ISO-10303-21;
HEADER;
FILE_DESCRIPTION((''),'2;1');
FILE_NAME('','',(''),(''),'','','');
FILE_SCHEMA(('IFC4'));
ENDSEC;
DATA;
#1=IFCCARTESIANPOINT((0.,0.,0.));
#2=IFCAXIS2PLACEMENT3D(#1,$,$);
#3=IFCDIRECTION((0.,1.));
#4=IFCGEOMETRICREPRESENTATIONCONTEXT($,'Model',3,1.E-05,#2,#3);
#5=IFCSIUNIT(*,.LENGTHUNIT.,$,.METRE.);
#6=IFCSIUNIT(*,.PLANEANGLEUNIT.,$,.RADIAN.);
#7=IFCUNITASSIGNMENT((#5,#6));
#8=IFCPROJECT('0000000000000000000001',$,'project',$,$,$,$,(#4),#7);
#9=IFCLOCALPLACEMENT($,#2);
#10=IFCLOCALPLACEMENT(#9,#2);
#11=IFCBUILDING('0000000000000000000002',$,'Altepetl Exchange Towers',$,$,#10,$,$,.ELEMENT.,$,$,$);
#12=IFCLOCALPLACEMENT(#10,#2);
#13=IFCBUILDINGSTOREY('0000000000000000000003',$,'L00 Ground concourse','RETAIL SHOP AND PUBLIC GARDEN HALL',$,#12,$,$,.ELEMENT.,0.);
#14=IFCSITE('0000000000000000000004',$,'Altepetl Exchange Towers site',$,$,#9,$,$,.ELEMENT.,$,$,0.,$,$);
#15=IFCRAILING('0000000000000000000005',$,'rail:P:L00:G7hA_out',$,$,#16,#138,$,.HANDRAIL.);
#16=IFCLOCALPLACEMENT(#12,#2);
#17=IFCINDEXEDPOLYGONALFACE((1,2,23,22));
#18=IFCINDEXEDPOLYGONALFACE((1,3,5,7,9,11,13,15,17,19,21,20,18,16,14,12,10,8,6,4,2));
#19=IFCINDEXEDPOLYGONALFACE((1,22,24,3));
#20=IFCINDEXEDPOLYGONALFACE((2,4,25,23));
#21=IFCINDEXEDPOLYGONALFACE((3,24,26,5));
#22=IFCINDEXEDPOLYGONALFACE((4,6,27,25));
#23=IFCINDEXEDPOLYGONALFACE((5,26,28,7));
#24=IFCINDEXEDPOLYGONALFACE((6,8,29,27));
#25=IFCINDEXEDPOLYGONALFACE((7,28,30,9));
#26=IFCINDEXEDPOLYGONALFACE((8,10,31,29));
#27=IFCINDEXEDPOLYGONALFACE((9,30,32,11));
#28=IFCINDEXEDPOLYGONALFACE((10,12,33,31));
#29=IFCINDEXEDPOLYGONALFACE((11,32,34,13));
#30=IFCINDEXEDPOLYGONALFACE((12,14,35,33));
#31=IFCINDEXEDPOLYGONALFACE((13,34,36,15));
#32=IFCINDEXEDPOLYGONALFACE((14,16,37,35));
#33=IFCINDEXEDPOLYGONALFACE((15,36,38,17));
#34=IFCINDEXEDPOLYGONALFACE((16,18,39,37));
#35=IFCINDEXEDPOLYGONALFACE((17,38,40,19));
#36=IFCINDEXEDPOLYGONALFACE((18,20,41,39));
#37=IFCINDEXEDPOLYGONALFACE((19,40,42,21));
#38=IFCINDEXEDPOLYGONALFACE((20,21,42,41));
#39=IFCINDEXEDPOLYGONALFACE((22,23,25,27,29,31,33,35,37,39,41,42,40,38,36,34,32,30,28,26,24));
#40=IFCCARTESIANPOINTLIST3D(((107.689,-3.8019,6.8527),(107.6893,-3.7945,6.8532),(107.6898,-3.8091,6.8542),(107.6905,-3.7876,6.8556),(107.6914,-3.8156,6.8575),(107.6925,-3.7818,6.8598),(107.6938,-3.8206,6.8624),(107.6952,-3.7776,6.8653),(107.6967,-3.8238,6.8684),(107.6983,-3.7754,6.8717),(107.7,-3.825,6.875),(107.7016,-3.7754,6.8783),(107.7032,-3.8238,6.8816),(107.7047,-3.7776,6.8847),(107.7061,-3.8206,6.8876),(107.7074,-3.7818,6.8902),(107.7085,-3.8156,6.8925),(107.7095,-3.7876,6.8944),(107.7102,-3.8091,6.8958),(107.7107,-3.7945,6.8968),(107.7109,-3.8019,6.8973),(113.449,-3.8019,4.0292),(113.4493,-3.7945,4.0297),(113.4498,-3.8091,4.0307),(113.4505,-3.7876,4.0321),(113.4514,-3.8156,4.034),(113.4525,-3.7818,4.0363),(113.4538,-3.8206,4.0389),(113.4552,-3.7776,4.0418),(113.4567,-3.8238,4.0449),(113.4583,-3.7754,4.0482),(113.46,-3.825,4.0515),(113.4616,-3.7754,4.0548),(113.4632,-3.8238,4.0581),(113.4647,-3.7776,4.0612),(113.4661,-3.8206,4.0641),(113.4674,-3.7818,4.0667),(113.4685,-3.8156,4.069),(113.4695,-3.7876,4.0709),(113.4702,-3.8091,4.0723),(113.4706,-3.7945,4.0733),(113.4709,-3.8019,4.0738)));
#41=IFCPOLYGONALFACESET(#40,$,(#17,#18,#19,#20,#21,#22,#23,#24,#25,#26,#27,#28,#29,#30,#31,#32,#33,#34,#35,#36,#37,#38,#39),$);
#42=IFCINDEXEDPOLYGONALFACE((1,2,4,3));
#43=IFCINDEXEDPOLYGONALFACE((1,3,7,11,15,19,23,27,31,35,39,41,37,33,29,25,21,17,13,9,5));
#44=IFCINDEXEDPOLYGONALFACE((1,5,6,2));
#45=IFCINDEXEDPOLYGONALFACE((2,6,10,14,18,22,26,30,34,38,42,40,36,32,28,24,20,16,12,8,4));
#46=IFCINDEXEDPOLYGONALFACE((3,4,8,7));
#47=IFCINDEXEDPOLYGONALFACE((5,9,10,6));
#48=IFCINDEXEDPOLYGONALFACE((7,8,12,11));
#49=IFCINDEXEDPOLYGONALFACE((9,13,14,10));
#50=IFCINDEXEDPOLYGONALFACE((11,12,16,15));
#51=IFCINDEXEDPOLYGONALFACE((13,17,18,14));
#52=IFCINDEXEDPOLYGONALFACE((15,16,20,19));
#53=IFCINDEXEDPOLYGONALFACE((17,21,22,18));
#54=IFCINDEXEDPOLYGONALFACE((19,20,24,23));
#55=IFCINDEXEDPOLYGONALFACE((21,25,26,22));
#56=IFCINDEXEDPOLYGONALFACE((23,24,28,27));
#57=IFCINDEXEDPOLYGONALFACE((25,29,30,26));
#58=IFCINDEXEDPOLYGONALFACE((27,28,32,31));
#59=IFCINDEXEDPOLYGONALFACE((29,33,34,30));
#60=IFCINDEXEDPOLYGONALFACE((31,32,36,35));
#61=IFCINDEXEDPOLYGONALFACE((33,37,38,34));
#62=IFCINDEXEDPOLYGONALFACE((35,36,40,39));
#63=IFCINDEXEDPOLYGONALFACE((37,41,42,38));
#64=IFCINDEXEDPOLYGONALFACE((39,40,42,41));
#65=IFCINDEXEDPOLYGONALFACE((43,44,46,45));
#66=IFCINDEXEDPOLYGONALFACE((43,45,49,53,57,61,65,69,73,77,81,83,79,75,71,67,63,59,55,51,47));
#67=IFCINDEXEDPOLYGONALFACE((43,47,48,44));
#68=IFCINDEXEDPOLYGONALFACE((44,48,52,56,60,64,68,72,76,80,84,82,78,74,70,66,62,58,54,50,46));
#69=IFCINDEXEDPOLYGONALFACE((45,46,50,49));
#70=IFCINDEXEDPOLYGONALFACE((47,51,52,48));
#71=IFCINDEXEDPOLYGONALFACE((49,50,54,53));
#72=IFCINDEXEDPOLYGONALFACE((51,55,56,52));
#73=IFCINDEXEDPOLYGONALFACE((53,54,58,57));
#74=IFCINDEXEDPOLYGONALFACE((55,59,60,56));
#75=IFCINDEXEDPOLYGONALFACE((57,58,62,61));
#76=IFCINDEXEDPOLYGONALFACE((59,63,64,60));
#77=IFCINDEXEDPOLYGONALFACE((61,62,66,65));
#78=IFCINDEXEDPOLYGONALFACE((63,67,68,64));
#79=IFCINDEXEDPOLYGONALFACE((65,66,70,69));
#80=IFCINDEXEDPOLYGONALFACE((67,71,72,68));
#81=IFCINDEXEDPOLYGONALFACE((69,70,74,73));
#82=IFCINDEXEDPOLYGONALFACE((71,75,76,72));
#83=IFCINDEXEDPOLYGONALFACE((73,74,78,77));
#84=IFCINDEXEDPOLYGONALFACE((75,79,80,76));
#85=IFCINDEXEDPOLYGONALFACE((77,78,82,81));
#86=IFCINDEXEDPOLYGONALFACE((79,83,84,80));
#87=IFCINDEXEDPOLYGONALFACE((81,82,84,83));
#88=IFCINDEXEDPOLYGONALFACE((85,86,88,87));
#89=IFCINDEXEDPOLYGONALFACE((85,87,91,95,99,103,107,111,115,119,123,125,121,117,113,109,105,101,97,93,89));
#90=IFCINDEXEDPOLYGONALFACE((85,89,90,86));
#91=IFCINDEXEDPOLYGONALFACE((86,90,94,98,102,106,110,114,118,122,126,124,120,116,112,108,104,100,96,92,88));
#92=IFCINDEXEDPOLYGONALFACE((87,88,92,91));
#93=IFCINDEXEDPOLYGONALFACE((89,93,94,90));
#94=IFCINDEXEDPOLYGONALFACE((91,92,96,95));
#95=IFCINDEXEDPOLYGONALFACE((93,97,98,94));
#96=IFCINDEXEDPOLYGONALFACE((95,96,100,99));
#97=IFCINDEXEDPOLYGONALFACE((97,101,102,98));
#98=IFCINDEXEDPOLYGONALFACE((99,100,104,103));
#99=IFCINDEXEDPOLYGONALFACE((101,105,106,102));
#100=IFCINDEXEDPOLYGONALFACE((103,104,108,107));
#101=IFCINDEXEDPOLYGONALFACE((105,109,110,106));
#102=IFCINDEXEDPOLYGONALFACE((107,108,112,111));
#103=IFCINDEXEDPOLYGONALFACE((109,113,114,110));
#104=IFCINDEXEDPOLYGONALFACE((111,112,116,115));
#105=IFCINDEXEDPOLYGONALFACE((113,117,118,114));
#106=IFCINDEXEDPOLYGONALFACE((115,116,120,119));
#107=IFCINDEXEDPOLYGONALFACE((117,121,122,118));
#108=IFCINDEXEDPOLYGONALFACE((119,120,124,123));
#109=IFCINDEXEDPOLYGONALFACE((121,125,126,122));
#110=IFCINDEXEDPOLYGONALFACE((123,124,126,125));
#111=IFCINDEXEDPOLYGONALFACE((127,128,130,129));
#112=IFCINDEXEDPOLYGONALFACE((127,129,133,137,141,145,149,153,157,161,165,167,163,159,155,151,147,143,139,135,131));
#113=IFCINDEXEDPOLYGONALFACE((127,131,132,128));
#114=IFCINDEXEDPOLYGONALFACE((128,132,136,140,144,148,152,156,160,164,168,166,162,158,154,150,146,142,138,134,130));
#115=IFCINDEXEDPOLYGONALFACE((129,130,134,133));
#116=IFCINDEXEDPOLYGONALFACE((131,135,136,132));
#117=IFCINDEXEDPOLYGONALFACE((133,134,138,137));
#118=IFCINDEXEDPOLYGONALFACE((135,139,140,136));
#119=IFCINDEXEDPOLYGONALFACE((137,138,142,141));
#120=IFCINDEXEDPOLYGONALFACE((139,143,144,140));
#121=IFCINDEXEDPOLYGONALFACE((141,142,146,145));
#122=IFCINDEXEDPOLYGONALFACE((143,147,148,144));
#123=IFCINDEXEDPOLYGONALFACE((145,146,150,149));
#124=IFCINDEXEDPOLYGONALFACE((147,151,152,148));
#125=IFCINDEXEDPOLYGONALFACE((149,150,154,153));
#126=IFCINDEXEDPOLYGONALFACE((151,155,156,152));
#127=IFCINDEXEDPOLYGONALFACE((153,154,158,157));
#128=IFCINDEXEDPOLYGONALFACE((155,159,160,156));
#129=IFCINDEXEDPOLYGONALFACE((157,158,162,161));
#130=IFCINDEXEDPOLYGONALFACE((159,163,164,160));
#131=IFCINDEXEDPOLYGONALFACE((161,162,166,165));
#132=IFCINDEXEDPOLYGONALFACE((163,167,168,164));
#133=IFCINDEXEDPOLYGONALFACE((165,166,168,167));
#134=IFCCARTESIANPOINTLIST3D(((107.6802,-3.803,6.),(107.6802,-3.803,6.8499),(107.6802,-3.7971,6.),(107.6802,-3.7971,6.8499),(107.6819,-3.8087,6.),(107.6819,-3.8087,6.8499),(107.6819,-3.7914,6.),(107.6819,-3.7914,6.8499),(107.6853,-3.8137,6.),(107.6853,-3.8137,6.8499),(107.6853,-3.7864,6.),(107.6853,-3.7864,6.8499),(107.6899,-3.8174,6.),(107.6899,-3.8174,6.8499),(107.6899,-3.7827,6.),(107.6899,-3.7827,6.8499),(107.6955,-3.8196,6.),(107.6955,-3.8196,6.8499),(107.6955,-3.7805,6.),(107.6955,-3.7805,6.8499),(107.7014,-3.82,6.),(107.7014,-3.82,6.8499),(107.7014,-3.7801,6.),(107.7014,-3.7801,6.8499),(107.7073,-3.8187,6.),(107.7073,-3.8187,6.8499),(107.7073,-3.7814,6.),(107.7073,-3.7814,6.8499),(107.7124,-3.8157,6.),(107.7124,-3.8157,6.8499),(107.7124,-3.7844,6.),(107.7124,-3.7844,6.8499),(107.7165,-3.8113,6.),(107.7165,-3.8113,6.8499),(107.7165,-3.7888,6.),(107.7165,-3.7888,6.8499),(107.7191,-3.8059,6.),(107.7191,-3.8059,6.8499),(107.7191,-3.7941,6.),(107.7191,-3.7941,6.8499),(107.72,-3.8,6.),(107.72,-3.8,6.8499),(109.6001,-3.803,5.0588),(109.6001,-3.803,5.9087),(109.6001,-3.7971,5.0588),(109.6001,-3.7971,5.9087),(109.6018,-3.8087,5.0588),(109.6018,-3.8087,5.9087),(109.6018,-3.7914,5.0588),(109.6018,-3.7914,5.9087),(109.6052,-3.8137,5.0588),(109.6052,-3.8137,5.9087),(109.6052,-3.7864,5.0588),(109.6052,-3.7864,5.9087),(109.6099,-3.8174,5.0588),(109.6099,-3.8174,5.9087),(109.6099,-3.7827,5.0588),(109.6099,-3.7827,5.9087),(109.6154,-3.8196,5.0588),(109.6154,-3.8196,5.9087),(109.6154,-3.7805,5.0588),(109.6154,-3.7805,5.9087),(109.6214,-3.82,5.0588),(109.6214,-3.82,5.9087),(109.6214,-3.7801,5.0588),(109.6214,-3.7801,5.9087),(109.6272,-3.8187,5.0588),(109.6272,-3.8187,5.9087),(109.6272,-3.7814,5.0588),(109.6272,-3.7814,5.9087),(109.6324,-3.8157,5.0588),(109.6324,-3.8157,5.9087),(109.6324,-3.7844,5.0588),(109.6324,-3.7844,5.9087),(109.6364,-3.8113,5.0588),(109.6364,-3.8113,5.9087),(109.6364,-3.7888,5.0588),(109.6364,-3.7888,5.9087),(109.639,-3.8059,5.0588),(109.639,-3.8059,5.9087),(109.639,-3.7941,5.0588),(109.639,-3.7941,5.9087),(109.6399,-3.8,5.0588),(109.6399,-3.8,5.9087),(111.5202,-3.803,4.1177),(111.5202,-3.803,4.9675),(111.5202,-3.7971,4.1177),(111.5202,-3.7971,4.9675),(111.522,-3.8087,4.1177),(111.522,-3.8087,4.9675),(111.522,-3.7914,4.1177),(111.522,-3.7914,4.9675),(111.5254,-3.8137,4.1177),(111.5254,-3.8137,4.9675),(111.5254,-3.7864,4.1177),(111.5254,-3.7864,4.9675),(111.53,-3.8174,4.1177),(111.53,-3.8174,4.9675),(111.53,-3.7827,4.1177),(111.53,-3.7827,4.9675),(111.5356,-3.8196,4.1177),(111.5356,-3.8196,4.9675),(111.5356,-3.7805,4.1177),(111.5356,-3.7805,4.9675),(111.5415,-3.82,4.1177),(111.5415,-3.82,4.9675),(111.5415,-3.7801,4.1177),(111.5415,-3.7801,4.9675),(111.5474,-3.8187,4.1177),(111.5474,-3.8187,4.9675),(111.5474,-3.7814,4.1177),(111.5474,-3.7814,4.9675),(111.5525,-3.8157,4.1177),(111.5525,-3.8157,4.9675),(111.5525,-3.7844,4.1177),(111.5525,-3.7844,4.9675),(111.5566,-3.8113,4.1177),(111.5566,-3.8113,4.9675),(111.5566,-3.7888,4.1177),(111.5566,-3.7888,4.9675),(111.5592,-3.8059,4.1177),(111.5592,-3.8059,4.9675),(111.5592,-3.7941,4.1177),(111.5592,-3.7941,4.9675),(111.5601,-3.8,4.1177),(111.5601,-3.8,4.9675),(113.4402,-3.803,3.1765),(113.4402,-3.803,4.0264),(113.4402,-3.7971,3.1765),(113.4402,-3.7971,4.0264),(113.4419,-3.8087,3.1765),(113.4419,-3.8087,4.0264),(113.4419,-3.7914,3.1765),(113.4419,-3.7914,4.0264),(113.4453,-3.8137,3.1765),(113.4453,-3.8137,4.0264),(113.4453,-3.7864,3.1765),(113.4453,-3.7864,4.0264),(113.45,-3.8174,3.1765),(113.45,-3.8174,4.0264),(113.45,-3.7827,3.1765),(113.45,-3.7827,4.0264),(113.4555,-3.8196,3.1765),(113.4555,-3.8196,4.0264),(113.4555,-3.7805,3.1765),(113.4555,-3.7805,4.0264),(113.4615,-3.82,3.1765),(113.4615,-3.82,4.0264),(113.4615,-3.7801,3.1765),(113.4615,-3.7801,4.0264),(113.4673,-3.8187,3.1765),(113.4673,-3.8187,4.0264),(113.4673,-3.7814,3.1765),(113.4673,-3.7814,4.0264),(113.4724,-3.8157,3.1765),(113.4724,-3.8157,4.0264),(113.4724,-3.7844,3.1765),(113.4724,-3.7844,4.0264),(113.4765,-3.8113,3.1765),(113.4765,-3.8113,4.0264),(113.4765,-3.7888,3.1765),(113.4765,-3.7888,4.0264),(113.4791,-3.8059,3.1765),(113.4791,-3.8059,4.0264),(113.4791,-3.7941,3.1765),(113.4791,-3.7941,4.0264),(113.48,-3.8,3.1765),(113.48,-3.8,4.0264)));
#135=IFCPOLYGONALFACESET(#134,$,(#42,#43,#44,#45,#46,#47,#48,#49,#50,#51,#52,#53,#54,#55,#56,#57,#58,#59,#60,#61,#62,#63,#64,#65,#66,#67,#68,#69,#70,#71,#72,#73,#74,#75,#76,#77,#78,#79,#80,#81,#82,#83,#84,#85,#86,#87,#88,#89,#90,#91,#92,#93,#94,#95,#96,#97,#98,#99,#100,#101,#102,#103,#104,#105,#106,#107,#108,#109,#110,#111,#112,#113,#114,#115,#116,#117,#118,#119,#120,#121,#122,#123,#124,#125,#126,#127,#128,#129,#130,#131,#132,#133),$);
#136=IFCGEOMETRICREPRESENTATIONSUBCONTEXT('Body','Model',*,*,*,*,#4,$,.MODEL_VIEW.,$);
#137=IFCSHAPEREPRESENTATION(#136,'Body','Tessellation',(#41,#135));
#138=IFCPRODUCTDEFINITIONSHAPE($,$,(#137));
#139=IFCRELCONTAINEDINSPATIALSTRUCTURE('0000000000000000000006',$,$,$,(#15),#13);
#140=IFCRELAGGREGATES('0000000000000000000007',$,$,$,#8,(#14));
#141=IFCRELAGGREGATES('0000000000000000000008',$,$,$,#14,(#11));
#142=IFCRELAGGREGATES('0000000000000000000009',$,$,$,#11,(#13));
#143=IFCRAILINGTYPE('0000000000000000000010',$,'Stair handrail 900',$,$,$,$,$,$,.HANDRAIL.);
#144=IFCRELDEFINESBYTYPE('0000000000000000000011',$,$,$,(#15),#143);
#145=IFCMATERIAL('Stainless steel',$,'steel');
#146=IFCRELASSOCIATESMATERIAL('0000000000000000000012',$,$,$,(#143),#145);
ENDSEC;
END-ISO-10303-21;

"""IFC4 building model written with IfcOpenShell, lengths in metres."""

from ifc_helpers import new_model, si_unit, direction, frame, origin, origin_2d, place, context, subcontext, project, spatial, circle, extrude, source, transform, mapped, material, type_object, element, save


model = new_model("IFC4")

# Units and contexts
model_context = context("Model", 3, precision=1e-05, world=origin(), true_north=direction((0.0, 1.0)))
body_context = subcontext(model_context, "Body", "Model", "MODEL_VIEW")
ifc_project = project(units=[si_unit("LENGTHUNIT", "METRE"), si_unit("PLANEANGLEUNIT", "RADIAN")], contexts=[model_context])

# Site, building, storey
site_placement = place(None, origin())
site = spatial("IfcSite", under=ifc_project, at=site_placement, Name="Altepetl Exchange Towers site", CompositionType="ELEMENT", RefElevation=0.0)
building_placement = place(site_placement, origin())
building = spatial("IfcBuilding", under=site, at=building_placement, Name="Altepetl Exchange Towers", CompositionType="ELEMENT")
storey_placement = place(building_placement, origin())
storey = spatial("IfcBuildingStorey", under=building, at=storey_placement, Name="L00 Ground concourse", Description="RETAIL SHOP AND PUBLIC GARDEN HALL", CompositionType="ELEMENT", Elevation=0.0)

# Railing
ifc_material_1 = material(Name="Stainless steel", Category="steel")
railing_type_1 = type_object("IfcRailingType", Name="Stair handrail 900", PredefinedType="HANDRAIL", material=ifc_material_1)
shared_shape_1 = source(origin(), body_context, "Body", "SweptSolid", [
    extrude(circle(Radius=0.02, at=origin_2d()), origin(), (0.0, 0.0, 1.0), 0.8499),
])
for number, where, name in (
    (1, (113.46, -3.8, 3.1765), "rail:P:L00:G7hA_out"),
):
    element("IfcRailing", number, at=place(storey_placement, frame(where)), inside=storey, type_object=railing_type_1, Name=name, PredefinedType="HANDRAIL", context=body_context, shape_type="SweptSolid", body=[
        extrude(circle(Radius=0.0249, at=origin_2d()), frame((0.0, 0.0, 0.875), z_axis=(-0.897924, 0.0, 0.440151), x_axis=(0.0, -1.0, 0.0)), (0.0, 0.0, 1.0), 6.4148),
        mapped(shared_shape_1, transform((0.0, 0.0, 0.0))),
        mapped(shared_shape_1, transform((-1.9199, 0.0, 0.9412))),
        mapped(shared_shape_1, transform((-3.8401, 0.0, 1.8823))),
        mapped(shared_shape_1, transform((-5.76, 0.0, 2.8235))),
    ])

save(model, "model.ifc")
